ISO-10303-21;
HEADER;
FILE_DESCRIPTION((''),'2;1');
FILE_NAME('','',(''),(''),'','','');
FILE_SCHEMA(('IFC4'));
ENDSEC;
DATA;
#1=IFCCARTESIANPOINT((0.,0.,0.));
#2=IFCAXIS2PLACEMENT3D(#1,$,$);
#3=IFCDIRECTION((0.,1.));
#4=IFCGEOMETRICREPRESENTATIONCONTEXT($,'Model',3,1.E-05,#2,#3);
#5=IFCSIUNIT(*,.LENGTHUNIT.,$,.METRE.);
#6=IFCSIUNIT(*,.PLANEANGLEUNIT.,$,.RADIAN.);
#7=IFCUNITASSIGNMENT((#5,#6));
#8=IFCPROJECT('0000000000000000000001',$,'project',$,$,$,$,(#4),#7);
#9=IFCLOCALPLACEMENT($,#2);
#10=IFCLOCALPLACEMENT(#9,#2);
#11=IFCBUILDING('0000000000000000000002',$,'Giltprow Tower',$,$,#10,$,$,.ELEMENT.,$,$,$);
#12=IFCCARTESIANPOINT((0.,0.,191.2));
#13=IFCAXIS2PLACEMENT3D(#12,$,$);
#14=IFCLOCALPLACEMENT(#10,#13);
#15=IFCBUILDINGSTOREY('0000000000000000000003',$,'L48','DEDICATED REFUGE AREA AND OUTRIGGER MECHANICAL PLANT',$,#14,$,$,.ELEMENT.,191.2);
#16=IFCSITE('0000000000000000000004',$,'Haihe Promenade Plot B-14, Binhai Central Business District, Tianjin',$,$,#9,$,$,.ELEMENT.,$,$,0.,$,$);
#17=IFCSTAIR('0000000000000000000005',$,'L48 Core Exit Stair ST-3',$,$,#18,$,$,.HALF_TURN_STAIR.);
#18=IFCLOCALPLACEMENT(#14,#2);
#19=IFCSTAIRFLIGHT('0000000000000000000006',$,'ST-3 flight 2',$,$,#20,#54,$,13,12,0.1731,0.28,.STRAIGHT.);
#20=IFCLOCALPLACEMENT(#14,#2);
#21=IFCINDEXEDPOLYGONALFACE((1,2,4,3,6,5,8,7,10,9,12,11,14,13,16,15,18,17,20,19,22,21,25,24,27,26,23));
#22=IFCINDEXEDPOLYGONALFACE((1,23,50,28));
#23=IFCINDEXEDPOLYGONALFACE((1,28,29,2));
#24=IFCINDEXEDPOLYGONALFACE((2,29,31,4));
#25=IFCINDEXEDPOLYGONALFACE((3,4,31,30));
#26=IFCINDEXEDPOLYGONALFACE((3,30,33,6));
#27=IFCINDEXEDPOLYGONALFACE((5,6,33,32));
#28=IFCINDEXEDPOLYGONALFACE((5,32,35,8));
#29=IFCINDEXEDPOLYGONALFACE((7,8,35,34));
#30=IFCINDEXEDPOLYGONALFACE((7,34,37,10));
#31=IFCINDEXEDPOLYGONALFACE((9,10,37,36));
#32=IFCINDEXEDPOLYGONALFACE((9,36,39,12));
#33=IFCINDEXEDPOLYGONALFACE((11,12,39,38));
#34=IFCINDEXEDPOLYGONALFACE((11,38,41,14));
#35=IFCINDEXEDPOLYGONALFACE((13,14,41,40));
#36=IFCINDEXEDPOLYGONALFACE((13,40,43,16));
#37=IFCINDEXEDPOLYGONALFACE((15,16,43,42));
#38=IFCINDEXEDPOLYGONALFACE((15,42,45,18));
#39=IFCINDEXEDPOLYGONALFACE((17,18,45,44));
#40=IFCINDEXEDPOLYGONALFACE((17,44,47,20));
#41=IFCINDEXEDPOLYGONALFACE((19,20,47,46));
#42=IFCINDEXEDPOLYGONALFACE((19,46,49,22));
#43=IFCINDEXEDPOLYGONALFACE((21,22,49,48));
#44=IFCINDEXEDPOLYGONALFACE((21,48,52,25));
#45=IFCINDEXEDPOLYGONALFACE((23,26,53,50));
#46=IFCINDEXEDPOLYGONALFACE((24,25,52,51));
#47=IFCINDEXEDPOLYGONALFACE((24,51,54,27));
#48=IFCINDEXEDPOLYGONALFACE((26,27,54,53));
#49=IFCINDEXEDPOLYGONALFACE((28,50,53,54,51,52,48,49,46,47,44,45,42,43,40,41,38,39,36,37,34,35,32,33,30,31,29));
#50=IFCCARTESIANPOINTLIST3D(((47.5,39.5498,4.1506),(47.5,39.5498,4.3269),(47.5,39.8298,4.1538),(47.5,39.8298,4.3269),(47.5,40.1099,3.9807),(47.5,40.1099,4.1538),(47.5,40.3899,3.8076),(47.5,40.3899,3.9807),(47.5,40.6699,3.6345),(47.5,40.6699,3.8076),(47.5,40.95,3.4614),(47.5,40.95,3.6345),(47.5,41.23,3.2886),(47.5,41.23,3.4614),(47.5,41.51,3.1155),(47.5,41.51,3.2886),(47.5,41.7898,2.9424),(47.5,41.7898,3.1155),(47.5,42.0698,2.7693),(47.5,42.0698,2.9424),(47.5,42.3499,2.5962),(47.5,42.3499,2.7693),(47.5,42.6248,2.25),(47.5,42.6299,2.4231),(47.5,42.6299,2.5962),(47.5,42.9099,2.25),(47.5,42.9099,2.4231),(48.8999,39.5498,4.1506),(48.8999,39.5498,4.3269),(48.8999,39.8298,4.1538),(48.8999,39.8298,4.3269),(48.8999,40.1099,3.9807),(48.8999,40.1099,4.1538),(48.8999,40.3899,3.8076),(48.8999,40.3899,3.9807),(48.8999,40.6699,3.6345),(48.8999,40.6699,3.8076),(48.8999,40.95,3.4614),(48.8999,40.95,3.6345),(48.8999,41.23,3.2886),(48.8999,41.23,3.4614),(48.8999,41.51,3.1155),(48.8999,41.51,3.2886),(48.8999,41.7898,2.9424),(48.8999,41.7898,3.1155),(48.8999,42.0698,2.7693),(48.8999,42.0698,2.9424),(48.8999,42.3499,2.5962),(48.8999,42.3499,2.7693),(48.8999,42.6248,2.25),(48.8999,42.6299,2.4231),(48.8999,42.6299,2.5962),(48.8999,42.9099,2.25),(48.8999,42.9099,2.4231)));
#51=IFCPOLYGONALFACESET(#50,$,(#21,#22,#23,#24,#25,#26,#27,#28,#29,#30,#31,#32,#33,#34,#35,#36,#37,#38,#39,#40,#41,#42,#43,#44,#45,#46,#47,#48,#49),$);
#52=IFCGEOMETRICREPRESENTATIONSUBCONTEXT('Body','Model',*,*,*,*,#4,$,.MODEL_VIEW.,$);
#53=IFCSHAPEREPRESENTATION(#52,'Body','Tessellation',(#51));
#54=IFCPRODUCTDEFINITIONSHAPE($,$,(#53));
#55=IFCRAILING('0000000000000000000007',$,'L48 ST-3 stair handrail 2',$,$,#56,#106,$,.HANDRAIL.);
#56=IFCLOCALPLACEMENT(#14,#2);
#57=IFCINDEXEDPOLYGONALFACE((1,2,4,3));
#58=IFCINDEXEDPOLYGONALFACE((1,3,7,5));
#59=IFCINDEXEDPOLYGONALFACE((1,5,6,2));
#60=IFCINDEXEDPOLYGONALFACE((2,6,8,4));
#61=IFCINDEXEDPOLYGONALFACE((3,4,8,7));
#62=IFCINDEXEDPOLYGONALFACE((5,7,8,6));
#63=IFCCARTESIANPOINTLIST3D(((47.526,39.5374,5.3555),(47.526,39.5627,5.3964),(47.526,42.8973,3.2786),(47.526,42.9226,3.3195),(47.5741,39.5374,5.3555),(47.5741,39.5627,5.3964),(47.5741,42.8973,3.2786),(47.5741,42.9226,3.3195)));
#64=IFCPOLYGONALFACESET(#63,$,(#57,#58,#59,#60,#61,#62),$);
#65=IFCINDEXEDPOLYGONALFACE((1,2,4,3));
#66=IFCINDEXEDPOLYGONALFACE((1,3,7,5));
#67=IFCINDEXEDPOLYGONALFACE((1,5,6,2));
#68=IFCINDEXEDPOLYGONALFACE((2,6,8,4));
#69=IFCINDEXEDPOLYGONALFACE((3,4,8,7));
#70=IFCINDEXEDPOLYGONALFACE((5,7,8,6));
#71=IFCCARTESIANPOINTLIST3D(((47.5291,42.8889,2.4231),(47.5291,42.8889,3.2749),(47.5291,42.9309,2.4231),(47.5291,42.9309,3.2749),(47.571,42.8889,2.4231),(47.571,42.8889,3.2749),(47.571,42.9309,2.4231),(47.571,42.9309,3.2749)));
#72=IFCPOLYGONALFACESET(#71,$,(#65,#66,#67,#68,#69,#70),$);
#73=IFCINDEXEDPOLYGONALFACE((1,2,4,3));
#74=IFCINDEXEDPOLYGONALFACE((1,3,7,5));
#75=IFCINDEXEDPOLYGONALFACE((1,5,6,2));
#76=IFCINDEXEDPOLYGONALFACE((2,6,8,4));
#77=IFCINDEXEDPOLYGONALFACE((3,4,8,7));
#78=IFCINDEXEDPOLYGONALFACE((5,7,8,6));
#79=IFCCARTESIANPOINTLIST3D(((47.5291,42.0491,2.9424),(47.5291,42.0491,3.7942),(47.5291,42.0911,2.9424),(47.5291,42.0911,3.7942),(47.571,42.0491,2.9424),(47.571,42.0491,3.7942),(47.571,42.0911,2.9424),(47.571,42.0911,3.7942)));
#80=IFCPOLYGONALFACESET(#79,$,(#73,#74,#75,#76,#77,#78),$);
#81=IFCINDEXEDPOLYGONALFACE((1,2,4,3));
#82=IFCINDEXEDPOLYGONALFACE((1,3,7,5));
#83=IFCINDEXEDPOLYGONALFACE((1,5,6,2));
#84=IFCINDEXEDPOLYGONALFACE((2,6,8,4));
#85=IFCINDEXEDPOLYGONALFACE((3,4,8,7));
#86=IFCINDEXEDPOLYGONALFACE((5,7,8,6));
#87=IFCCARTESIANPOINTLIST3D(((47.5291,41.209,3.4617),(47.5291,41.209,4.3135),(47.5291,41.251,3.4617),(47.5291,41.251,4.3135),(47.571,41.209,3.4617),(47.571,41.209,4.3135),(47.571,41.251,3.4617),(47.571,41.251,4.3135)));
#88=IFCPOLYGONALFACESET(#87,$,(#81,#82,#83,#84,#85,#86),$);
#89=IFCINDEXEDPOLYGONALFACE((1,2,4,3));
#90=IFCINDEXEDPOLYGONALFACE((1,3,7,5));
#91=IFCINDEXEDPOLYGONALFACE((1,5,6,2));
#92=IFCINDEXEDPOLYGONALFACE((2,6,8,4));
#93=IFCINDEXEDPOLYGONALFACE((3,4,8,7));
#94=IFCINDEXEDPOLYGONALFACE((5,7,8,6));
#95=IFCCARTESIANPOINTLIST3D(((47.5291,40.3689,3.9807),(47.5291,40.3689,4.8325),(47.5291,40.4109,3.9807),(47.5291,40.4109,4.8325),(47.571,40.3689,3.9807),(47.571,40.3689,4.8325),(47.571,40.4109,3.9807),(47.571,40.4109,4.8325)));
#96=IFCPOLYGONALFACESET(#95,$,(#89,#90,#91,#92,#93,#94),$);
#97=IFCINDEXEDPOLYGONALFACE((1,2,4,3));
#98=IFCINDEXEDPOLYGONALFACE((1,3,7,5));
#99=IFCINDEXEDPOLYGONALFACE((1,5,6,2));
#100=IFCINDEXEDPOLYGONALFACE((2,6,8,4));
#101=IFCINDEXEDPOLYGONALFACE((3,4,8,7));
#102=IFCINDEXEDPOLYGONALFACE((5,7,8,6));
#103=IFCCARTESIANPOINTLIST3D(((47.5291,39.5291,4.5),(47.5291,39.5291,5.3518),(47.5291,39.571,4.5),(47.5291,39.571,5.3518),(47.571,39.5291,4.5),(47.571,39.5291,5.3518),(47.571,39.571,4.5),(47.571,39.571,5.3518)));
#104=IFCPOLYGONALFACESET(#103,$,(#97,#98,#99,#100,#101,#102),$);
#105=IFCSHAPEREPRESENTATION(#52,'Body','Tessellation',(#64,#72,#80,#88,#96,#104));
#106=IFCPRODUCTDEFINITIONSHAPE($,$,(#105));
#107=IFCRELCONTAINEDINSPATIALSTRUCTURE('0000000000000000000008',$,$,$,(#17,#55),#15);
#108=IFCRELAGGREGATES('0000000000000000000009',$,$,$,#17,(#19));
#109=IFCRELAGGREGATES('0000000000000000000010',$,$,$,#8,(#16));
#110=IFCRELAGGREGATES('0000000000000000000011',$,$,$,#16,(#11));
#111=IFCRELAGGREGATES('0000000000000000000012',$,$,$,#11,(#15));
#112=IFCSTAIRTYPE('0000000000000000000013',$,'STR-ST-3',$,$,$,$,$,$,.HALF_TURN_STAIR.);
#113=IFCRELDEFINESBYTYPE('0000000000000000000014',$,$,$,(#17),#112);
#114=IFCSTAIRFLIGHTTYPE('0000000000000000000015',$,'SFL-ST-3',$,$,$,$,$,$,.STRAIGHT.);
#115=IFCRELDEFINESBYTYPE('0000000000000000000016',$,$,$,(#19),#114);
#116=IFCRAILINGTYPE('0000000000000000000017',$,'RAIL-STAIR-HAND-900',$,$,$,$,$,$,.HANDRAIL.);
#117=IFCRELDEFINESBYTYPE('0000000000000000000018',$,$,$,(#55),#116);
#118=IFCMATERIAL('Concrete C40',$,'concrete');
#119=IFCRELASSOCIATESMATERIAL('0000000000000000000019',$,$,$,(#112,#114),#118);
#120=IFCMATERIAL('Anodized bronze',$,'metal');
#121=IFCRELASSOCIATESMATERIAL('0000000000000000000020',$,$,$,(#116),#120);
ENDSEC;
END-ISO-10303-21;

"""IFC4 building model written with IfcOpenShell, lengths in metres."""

from ifc_helpers import new_model, si_unit, direction, frame, origin, origin_2d, place, context, subcontext, project, spatial, polyline, rectangle, outline, extrude, material, type_object, element, aggregate, save


model = new_model("IFC4")

# Units and contexts
model_context = context("Model", 3, precision=1e-05, world=origin(), true_north=direction((0.0, 1.0)))
body_context = subcontext(model_context, "Body", "Model", "MODEL_VIEW")
ifc_project = project(units=[si_unit("LENGTHUNIT", "METRE"), si_unit("PLANEANGLEUNIT", "RADIAN")], contexts=[model_context])

# Site, building, storey
site_placement = place(None, origin())
site = spatial("IfcSite", under=ifc_project, at=site_placement, Name="Haihe Promenade Plot B-14, Binhai Central Business District, Tianjin", CompositionType="ELEMENT", RefElevation=0.0)
building_placement = place(site_placement, origin())
building = spatial("IfcBuilding", under=site, at=building_placement, Name="Giltprow Tower", CompositionType="ELEMENT")
storey_placement = place(building_placement, frame((0.0, 0.0, 191.2)))
storey = spatial("IfcBuildingStorey", under=building, at=storey_placement, Name="L48", Description="DEDICATED REFUGE AREA AND OUTRIGGER MECHANICAL PLANT", CompositionType="ELEMENT", Elevation=191.2)

# Shared definitions
ifc_material_1 = material(Name="Concrete C40", Category="concrete")

# Stair, stair flight
stair_type = type_object("IfcStairType", Name="STR-ST-3", PredefinedType="HALF_TURN_STAIR", material=ifc_material_1)
stair_placement = place(storey_placement, origin())
stair = element("IfcStair", 1, at=stair_placement, inside=storey, type_object=stair_type, Name="L48 Core Exit Stair ST-3", PredefinedType="HALF_TURN_STAIR")
stair_flight_type = type_object("IfcStairFlightType", Name="SFL-ST-3", PredefinedType="STRAIGHT", material=ifc_material_1)
stair_flight_placement = place(storey_placement, frame((48.2, 42.9099, 2.25), z_axis=(0.0, 0.0, 1.0), x_axis=(0.0, -1.0, 0.0)))
stair_flight = element("IfcStairFlight", 2, at=stair_flight_placement, type_object=stair_flight_type, Name="ST-3 flight 2", NumberOfRisers=13, NumberOfTreads=12, PredefinedType="STRAIGHT", RiserHeight=0.1731, TreadLength=0.28, context=body_context, shape_type="SweptSolid", body=[
    extrude(outline(polyline([(0.0, 0.0), (0.0, 0.1731), (0.28, 0.1731), (0.28, 0.3462), (0.5601, 0.3462), (0.5601, 0.5193), (0.8401, 0.5193), (0.8401, 0.6924), (1.1201, 0.6924), (1.1201, 0.8655), (1.3999, 0.8655), (1.3999, 1.0386), (1.6799, 1.0386), (1.6799, 1.2114), (1.96, 1.2114), (1.96, 1.3845), (2.24, 1.3845), (2.24, 1.5576), (2.52, 1.5576), (2.52, 1.7307), (2.8, 1.7307), (2.8, 1.9038), (3.0801, 1.9038), (3.0801, 2.0769), (3.3601, 2.0769), (3.3601, 2.25), (3.3601, 1.9006), (0.2852, 0.0), (0.0, 0.0)])), frame((0.0, 0.7, 0.0), z_axis=(0.0, -1.0, 0.0), x_axis=(1.0, 0.0, 0.0)), (0.0, 0.0, 1.0), 1.3999),
])
aggregate(stair, [stair_flight])

# Railing
ifc_material_2 = material(Name="Anodized bronze", Category="metal")
railing_type = type_object("IfcRailingType", Name="RAIL-STAIR-HAND-900", PredefinedType="HANDRAIL", material=ifc_material_2)
railing_placement = place(storey_placement, frame((47.55, 42.9099, 2.4231)))
element("IfcRailing", 3, at=railing_placement, inside=storey, type_object=railing_type, Name="L48 ST-3 stair handrail 2", PredefinedType="HANDRAIL", context=body_context, shape_type="SweptSolid", body=[
    extrude(rectangle(XDim=0.0481, YDim=0.0481, at=origin_2d()), frame((0.0, 0.0, 0.876), z_axis=(0.0, -0.850606, 0.525803), x_axis=(1.0, 0.0, 0.0)), (0.0, 0.0, 1.0), 3.95),
    extrude(rectangle(XDim=0.042, YDim=0.042, at=origin_2d()), origin(), (0.0, 0.0, 1.0), 0.8518),
    extrude(rectangle(XDim=0.042, YDim=0.042, at=origin_2d()), frame((0.0, -0.8398, 0.5193)), (0.0, 0.0, 1.0), 0.8518),
    extrude(rectangle(XDim=0.042, YDim=0.042, at=origin_2d()), frame((0.0, -1.6799, 1.0386)), (0.0, 0.0, 1.0), 0.8518),
    extrude(rectangle(XDim=0.042, YDim=0.042, at=origin_2d()), frame((0.0, -2.52, 1.5576)), (0.0, 0.0, 1.0), 0.8518),
    extrude(rectangle(XDim=0.042, YDim=0.042, at=origin_2d()), frame((0.0, -3.3599, 2.0769)), (0.0, 0.0, 1.0), 0.8518),
])

save(model, "model.ifc")
